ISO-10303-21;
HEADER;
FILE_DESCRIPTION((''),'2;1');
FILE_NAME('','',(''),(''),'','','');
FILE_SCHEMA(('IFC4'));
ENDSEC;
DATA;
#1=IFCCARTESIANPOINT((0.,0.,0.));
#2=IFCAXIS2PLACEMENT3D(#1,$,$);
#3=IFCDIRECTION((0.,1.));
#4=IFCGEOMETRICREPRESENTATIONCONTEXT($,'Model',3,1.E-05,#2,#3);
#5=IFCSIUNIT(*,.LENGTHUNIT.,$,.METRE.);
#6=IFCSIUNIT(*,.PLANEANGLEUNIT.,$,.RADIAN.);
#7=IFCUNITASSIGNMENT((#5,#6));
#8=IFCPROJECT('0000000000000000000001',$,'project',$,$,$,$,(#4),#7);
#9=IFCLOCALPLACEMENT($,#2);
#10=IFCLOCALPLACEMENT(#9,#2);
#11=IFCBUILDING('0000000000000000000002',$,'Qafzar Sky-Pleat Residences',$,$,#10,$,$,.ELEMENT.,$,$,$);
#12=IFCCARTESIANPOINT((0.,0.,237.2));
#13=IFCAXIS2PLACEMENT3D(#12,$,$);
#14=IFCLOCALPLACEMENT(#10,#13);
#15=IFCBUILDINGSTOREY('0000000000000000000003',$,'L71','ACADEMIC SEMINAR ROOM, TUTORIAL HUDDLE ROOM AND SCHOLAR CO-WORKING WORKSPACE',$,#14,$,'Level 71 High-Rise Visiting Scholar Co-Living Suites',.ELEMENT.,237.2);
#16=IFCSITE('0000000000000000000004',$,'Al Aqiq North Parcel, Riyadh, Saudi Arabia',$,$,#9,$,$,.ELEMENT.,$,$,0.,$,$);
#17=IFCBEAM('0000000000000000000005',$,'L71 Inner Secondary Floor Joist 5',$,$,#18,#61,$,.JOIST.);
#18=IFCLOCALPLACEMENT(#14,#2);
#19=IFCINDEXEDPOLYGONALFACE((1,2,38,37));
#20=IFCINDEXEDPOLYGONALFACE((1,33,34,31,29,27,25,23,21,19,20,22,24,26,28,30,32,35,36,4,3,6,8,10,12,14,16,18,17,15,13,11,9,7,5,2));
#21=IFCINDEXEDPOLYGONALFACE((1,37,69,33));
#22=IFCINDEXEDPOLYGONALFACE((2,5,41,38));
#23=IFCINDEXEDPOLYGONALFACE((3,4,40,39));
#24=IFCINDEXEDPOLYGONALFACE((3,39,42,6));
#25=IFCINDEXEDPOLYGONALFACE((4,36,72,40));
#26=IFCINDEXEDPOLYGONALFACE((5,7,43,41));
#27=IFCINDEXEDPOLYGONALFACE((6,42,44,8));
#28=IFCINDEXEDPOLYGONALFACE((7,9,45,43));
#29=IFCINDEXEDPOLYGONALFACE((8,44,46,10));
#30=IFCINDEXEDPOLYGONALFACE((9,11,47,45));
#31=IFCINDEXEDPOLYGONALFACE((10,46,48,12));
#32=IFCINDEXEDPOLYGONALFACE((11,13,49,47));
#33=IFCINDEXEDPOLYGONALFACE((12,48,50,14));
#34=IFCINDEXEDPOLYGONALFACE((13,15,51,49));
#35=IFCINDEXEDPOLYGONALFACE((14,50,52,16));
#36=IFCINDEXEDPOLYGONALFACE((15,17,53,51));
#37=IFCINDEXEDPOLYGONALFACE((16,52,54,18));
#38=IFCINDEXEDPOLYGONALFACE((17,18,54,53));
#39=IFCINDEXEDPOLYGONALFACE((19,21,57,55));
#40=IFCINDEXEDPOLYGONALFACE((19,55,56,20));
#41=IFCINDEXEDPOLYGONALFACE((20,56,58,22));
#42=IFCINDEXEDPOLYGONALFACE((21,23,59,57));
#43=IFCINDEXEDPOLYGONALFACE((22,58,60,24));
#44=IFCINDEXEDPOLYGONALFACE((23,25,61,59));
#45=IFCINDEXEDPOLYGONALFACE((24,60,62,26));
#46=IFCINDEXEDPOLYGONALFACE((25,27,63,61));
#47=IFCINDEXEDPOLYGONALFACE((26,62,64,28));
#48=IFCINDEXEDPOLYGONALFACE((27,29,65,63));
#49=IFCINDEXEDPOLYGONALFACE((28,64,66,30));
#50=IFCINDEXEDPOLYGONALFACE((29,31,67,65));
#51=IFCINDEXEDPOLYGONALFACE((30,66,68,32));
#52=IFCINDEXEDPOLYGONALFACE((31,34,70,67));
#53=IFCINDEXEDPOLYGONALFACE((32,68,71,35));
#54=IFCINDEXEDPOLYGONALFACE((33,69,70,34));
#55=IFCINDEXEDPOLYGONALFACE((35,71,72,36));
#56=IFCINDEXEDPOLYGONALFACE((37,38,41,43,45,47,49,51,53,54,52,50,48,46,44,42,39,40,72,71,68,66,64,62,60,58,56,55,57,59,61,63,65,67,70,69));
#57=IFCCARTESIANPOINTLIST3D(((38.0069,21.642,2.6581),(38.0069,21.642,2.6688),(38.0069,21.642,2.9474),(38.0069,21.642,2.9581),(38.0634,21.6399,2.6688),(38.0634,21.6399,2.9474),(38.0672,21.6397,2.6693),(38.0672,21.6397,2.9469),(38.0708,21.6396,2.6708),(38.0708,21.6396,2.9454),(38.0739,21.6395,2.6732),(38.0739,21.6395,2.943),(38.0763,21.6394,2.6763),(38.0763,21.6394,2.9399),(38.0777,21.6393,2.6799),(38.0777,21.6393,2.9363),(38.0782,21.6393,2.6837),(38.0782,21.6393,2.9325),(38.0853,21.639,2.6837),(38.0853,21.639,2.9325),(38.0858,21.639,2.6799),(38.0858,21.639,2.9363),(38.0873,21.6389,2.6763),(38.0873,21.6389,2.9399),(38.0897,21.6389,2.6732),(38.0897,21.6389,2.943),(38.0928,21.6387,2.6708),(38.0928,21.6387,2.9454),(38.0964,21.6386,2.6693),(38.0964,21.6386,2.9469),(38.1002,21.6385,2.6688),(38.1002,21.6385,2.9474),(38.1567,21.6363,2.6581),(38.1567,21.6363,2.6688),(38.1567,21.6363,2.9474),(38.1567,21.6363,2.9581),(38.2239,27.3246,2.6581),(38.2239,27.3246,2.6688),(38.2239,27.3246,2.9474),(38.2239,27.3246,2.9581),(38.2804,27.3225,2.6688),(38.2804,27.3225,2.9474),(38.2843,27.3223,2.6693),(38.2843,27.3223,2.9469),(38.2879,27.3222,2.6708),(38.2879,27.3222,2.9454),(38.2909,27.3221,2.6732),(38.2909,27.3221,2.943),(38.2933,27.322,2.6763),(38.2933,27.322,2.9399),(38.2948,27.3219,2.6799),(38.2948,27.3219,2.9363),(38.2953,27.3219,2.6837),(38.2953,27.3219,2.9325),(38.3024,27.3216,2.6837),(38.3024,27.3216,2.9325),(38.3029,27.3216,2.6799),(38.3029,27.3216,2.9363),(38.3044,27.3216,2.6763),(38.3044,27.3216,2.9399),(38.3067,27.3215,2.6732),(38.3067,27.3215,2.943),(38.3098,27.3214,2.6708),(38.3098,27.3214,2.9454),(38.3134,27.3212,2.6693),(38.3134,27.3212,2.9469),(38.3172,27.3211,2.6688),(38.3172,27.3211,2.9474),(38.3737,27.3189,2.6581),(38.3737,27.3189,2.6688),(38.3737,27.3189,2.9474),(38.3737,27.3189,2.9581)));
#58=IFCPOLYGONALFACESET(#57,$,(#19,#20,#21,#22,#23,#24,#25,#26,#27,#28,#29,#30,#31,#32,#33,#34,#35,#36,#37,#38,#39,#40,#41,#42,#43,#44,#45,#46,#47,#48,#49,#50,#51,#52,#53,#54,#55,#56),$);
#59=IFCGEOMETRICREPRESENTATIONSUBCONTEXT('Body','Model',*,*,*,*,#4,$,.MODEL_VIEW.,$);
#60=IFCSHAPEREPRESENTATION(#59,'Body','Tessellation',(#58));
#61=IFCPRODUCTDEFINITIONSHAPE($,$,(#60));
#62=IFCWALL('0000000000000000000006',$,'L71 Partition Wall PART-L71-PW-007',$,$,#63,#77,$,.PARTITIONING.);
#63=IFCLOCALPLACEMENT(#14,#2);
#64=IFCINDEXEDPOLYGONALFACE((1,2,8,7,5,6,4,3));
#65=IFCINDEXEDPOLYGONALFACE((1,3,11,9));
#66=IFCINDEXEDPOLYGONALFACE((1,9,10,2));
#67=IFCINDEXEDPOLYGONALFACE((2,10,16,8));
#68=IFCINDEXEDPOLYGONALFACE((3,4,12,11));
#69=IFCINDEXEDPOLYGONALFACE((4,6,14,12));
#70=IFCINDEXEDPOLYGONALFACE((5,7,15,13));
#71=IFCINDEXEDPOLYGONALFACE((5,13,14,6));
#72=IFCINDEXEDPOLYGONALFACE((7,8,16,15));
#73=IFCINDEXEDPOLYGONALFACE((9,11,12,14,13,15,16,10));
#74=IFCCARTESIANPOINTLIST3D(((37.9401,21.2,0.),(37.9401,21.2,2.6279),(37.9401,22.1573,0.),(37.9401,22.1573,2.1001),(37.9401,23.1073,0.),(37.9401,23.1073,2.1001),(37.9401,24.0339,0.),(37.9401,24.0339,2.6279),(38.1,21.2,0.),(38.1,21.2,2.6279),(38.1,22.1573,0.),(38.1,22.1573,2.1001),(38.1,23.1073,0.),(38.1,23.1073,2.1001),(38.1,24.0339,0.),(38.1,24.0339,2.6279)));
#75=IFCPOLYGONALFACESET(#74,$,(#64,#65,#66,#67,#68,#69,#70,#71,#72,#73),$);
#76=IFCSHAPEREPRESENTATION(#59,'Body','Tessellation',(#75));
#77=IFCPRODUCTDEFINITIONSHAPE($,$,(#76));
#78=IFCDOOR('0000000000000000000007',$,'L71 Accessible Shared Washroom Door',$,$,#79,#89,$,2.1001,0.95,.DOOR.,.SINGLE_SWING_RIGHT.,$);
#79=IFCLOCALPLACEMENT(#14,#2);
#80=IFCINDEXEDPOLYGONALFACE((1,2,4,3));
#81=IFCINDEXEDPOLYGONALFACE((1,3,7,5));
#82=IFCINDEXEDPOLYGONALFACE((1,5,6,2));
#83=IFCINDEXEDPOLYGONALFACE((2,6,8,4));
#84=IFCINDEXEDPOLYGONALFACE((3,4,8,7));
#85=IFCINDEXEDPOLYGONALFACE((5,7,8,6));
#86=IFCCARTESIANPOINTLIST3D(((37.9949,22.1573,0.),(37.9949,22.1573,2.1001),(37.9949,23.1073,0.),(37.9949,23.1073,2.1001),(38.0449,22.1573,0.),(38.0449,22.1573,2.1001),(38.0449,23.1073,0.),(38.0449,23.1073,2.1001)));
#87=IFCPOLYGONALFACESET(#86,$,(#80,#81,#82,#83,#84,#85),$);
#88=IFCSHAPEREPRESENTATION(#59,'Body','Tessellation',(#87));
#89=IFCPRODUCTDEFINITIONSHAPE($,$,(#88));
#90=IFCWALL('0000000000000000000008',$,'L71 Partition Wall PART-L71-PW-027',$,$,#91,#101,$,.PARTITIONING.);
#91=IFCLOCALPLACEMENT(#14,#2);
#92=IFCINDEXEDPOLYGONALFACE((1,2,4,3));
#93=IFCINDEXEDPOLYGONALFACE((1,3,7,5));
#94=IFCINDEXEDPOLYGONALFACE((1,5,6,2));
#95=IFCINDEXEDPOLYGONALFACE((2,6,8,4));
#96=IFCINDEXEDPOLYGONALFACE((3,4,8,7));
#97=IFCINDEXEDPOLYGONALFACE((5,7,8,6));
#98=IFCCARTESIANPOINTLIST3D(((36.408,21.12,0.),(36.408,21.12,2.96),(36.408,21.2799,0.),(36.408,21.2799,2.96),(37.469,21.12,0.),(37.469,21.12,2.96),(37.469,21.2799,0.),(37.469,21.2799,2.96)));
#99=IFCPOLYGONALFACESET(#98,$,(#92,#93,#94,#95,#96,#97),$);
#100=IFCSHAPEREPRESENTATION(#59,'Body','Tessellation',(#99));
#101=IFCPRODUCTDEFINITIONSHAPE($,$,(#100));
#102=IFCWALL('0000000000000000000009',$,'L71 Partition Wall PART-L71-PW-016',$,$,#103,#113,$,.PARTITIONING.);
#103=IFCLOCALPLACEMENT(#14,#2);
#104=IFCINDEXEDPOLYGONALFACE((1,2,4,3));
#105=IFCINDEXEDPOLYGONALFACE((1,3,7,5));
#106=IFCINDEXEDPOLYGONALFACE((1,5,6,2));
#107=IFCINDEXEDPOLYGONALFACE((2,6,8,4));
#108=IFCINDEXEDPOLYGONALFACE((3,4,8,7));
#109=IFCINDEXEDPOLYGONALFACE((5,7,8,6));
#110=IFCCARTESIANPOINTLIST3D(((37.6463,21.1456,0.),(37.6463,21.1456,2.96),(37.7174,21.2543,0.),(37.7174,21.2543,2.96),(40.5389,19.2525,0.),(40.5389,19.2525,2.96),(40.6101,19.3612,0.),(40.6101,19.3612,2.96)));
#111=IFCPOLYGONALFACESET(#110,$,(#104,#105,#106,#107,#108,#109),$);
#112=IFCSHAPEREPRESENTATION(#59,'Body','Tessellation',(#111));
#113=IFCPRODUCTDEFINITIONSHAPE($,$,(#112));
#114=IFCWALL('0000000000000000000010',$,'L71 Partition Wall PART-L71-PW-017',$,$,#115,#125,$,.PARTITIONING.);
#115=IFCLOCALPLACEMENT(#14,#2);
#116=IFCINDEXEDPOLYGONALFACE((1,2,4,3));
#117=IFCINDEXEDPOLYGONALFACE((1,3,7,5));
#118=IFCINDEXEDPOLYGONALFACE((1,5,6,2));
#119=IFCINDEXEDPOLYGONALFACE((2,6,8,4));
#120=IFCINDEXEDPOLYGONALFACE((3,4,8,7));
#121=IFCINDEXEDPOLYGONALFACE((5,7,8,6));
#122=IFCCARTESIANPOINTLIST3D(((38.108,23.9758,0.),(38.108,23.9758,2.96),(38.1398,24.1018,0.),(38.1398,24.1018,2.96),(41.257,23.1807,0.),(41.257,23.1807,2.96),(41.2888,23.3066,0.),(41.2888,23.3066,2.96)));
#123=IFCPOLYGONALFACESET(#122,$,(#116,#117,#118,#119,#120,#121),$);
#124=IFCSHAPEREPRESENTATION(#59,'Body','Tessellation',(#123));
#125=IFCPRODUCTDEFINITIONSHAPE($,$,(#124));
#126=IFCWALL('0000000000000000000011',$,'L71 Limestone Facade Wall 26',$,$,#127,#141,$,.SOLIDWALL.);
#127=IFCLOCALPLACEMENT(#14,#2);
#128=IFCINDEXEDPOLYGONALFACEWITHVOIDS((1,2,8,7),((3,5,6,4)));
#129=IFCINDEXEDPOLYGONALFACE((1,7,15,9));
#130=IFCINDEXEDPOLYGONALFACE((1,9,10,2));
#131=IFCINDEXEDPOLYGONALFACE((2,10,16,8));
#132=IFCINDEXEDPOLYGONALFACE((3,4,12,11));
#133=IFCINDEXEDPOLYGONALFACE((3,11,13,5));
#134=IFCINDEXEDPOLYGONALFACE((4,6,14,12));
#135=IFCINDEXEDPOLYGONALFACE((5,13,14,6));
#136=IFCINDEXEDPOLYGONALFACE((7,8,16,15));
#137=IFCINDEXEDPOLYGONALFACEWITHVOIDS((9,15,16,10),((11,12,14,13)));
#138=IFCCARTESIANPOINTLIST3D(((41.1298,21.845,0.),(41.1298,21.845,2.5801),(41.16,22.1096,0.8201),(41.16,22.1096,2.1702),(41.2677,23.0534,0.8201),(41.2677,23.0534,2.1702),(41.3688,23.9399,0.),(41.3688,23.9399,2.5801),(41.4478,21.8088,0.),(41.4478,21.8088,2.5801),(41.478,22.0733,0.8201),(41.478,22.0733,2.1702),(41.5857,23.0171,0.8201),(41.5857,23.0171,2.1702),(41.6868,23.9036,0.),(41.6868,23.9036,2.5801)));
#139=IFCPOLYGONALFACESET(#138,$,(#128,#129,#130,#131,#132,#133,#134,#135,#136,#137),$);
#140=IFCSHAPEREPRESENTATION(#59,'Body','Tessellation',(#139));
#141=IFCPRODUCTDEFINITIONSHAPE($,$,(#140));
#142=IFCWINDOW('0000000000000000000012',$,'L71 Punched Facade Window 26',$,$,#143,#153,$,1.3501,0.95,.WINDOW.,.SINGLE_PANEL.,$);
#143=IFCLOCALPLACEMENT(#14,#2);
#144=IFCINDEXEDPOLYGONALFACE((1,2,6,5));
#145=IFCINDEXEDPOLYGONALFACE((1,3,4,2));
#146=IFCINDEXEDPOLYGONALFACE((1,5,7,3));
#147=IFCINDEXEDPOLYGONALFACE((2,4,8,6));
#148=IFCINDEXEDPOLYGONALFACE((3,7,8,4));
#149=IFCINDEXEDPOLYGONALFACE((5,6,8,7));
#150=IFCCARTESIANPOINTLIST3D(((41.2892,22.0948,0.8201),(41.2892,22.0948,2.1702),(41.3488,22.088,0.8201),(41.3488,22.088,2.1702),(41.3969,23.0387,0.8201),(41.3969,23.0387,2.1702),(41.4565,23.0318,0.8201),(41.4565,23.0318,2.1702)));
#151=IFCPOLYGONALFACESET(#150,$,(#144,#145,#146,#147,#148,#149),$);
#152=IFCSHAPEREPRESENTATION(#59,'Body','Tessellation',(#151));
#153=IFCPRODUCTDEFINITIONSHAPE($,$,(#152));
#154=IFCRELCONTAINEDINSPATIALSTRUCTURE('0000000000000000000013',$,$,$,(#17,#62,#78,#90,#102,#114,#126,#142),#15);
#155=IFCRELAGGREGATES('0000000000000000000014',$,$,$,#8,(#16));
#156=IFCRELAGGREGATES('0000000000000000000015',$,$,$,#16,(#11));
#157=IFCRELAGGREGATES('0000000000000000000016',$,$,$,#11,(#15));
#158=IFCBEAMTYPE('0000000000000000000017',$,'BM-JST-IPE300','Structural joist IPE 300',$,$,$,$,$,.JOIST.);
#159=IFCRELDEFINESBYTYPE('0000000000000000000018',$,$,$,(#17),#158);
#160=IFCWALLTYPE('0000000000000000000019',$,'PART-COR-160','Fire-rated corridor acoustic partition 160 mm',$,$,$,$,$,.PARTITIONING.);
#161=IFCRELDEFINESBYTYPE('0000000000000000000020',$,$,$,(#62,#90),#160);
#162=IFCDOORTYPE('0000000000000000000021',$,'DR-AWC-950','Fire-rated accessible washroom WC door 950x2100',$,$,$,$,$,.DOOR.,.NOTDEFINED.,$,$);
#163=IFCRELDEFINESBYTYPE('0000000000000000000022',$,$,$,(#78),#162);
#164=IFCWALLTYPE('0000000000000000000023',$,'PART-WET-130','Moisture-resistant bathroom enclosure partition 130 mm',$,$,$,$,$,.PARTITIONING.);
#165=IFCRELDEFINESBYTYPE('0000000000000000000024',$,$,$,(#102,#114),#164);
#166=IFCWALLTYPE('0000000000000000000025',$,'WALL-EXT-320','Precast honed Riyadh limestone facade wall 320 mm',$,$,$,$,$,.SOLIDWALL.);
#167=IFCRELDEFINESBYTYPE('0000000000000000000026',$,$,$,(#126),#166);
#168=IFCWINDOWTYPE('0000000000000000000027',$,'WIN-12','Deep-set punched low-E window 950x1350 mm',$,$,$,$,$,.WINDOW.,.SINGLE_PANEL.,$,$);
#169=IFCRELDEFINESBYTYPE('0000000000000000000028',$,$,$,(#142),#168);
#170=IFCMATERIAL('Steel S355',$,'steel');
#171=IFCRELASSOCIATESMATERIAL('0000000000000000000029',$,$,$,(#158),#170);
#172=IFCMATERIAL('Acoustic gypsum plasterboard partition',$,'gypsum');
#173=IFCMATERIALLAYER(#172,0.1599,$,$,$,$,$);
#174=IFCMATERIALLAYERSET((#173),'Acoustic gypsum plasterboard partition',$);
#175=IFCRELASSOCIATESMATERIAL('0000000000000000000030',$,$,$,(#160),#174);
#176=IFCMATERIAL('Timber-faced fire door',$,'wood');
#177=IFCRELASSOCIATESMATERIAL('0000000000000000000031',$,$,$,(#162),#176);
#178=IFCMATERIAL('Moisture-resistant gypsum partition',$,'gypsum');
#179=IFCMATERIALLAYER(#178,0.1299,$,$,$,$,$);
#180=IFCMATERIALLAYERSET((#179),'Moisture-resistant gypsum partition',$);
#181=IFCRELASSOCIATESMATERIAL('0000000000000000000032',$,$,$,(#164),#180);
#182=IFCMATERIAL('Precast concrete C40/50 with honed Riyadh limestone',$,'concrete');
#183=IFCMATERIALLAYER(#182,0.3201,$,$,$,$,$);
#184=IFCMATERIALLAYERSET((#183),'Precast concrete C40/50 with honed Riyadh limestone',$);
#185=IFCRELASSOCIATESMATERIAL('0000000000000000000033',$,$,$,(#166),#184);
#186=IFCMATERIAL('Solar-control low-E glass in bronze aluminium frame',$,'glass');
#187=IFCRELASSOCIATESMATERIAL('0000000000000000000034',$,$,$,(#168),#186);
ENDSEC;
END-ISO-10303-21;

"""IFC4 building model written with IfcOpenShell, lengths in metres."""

from ifc_helpers import new_model, si_unit, direction, frame, frame_2d, origin, origin_2d, place, context, subcontext, project, spatial, rectangle, i_section, extrude, source, transform, mapped, material, layer, layer_set, material_profile, profile_set, type_object, element, fill, save


model = new_model("IFC4")

# Units and contexts
model_context = context("Model", 3, precision=1e-05, world=origin(), true_north=direction((0.0, 1.0)))
body_context = subcontext(model_context, "Body", "Model", "MODEL_VIEW")
ifc_project = project(units=[si_unit("LENGTHUNIT", "METRE"), si_unit("PLANEANGLEUNIT", "RADIAN")], contexts=[model_context])

# Site, building, storey
site_placement = place(None, origin())
site = spatial("IfcSite", under=ifc_project, at=site_placement, Name="Al Aqiq North Parcel, Riyadh, Saudi Arabia", CompositionType="ELEMENT", RefElevation=0.0)
building_placement = place(site_placement, origin())
building = spatial("IfcBuilding", under=site, at=building_placement, Name="Qafzar Sky-Pleat Residences", CompositionType="ELEMENT")
storey_placement = place(building_placement, frame((0.0, 0.0, 237.2)))
storey = spatial("IfcBuildingStorey", under=building, at=storey_placement, Name="L71", Description="ACADEMIC SEMINAR ROOM, TUTORIAL HUDDLE ROOM AND SCHOLAR CO-WORKING WORKSPACE", LongName="Level 71 High-Rise Visiting Scholar Co-Living Suites", CompositionType="ELEMENT", Elevation=237.2)

# Shared definitions
ifc_material_1 = material(Name="Steel S355", Category="steel")

# Beam
ifc_material_profile_1 = material_profile(ifc_material_1, i_section(OverallWidth=0.1499, OverallDepth=0.3, WebThickness=0.0071, FlangeThickness=0.0107, FilletRadius=0.0149, at=origin_2d()), Name="IPE 300")
ifc_profile_set_1 = profile_set([ifc_material_profile_1], Name="Steel S355")
beam_type_1 = type_object("IfcBeamType", Name="BM-JST-IPE300", Description="Structural joist IPE 300", PredefinedType="JOIST", material=ifc_profile_set_1)
shared_shape_1 = source(origin(), body_context, "Body", "SweptSolid", [
    extrude(i_section(OverallWidth=0.1499, OverallDepth=0.3, WebThickness=0.0071, FlangeThickness=0.0107, FilletRadius=0.0149, at=origin_2d()), origin(), (0.0, 0.0, 1.0), 5.6868),
])
beam_1_placement = place(storey_placement, frame((38.0818, 21.6392, 2.8081), z_axis=(0.038166, 0.999271, 0.0), x_axis=(-0.999271, 0.038166, 0.0)))
element("IfcBeam", 1, at=beam_1_placement, inside=storey, type_object=beam_type_1, Name="L71 Inner Secondary Floor Joist 5", PredefinedType="JOIST", context=body_context, shape_type="MappedRepresentation", body=[
    mapped(shared_shape_1, transform((0.0, 0.0, 0.0), x_axis=(1.0, 0.0, 0.0), y_axis=(0.0, 1.0, 0.0), z_axis=(0.0, 0.0, 1.0), scale=1.0)),
])

# Wall, opening, door
ifc_material_2 = material(Name="Acoustic gypsum plasterboard partition", Category="gypsum")
ifc_layer_1 = layer(ifc_material_2, 0.1599)
ifc_layer_set_1 = layer_set([ifc_layer_1], Name="Acoustic gypsum plasterboard partition")
wall_type_1 = type_object("IfcWallType", Name="PART-COR-160", Description="Fire-rated corridor acoustic partition 160 mm", PredefinedType="PARTITIONING", material=ifc_layer_set_1)
wall_1_placement = place(storey_placement, frame((38.02, 24.0339, 0.0), z_axis=(0.0, 0.0, 1.0), x_axis=(0.0, -1.0, 0.0)))
wall_1 = element("IfcWall", 2, at=wall_1_placement, inside=storey, type_object=wall_type_1, Name="L71 Partition Wall PART-L71-PW-007", PredefinedType="PARTITIONING", context=body_context, shape_type="SweptSolid", body=[
    extrude(rectangle(XDim=2.834, YDim=0.1599, at=frame_2d((1.417, 0.0))), origin(), (0.0, 0.0, 1.0), 2.6279),
])
opening_1_placement = place(wall_1_placement, frame((0.9265, 0.0, 0.0)))
opening_1 = element("IfcOpeningElement", 3, at=opening_1_placement, cuts=wall_1, PredefinedType="OPENING", context=body_context, shape_type="SweptSolid", body=[
    extrude(rectangle(XDim=0.95, YDim=2.1001, at=frame_2d((0.4751, 1.05))), frame((0.0, 0.0898, 0.0), z_axis=(0.0, -1.0, 0.0), x_axis=(1.0, 0.0, 0.0)), (0.0, 0.0, 1.0), 0.1799),
])
ifc_material_3 = material(Name="Timber-faced fire door", Category="wood")
door_type = type_object("IfcDoorType", Name="DR-AWC-950", Description="Fire-rated accessible washroom WC door 950x2100", OperationType="NOTDEFINED", PredefinedType="DOOR", material=ifc_material_3)
shared_shape_2 = source(origin(), body_context, "Body", "SweptSolid", [
    extrude(rectangle(XDim=0.95, YDim=2.1001, at=frame_2d((0.4751, 1.05))), frame((0.0, 0.0249, 0.0), z_axis=(0.0, -1.0, 0.0), x_axis=(1.0, 0.0, 0.0)), (0.0, 0.0, 1.0), 0.05),
])
door_placement = place(opening_1_placement, origin())
door = element("IfcDoor", 4, at=door_placement, inside=storey, type_object=door_type, Name="L71 Accessible Shared Washroom Door", OperationType="SINGLE_SWING_RIGHT", OverallHeight=2.1001, OverallWidth=0.95, PredefinedType="DOOR", context=body_context, shape_type="MappedRepresentation", body=[
    mapped(shared_shape_2, transform((0.0, 0.0, 0.0), x_axis=(1.0, 0.0, 0.0), y_axis=(0.0, 1.0, 0.0), z_axis=(0.0, 0.0, 1.0), scale=1.0)),
])
fill(opening_1, door)

# Walls
wall_2_placement = place(storey_placement, frame((36.408, 21.2, 0.0), z_axis=(0.0, 0.0, 1.0), x_axis=(1.0, 0.0, 0.0)))
element("IfcWall", 5, at=wall_2_placement, inside=storey, type_object=wall_type_1, Name="L71 Partition Wall PART-L71-PW-027", PredefinedType="PARTITIONING", context=body_context, shape_type="SweptSolid", body=[
    extrude(rectangle(XDim=1.061, YDim=0.1599, at=frame_2d((0.5305, 0.0))), origin(), (0.0, 0.0, 1.0), 2.96),
])
ifc_material_4 = material(Name="Moisture-resistant gypsum partition", Category="gypsum")
ifc_layer_2 = layer(ifc_material_4, 0.1299)
ifc_layer_set_2 = layer_set([ifc_layer_2], Name="Moisture-resistant gypsum partition")
wall_type_2 = type_object("IfcWallType", Name="PART-WET-130", Description="Moisture-resistant bathroom enclosure partition 130 mm", PredefinedType="PARTITIONING", material=ifc_layer_set_2)
wall_3_placement = place(storey_placement, frame((37.6819, 21.2, 0.0), z_axis=(0.0, 0.0, 1.0), x_axis=(0.836736, -0.547607, 0.0)))
element("IfcWall", 6, at=wall_3_placement, inside=storey, type_object=wall_type_2, Name="L71 Partition Wall PART-L71-PW-016", PredefinedType="PARTITIONING", context=body_context, shape_type="SweptSolid", body=[
    extrude(rectangle(XDim=3.457, YDim=0.1299, at=frame_2d((1.7285, 0.0))), origin(), (0.0, 0.0, 1.0), 2.96),
])
wall_4_placement = place(storey_placement, frame((38.1238, 24.0388, 0.0), z_axis=(0.0, 0.0, 1.0), x_axis=(0.969565, -0.244834, 0.0)))
element("IfcWall", 7, at=wall_4_placement, inside=storey, type_object=wall_type_2, Name="L71 Partition Wall PART-L71-PW-017", PredefinedType="PARTITIONING", context=body_context, shape_type="SweptSolid", body=[
    extrude(rectangle(XDim=3.2478, YDim=0.1299, at=frame_2d((1.624, 0.0))), origin(), (0.0, 0.0, 1.0), 2.96),
])

# Wall, opening, window
ifc_material_5 = material(Name="Precast concrete C40/50 with honed Riyadh limestone", Category="concrete")
ifc_layer_3 = layer(ifc_material_5, 0.3201)
ifc_layer_set_3 = layer_set([ifc_layer_3], Name="Precast concrete C40/50 with honed Riyadh limestone")
wall_type_3 = type_object("IfcWallType", Name="WALL-EXT-320", Description="Precast honed Riyadh limestone facade wall 320 mm", PredefinedType="SOLIDWALL", material=ifc_layer_set_3)
wall_5_placement = place(storey_placement, frame((41.2888, 21.8269, 0.0), z_axis=(0.0, 0.0, 1.0), x_axis=(0.113367, 0.993553, 0.0)))
wall_5 = element("IfcWall", 8, at=wall_5_placement, inside=storey, type_object=wall_type_3, Name="L71 Limestone Facade Wall 26", PredefinedType="SOLIDWALL", context=body_context, shape_type="SweptSolid", body=[
    extrude(rectangle(XDim=2.1084, YDim=0.3201, at=frame_2d((1.0542, 0.0))), origin(), (0.0, 0.0, 1.0), 2.5801),
])
opening_2_placement = place(wall_5_placement, frame((0.2661, 0.0, 0.8201)))
opening_2 = element("IfcOpeningElement", 9, at=opening_2_placement, cuts=wall_5, PredefinedType="OPENING", context=body_context, shape_type="SweptSolid", body=[
    extrude(rectangle(XDim=0.95, YDim=1.3501, at=frame_2d((0.4751, 0.675))), frame((0.0, 0.1699, 0.0), z_axis=(0.0, -1.0, 0.0), x_axis=(1.0, 0.0, 0.0)), (0.0, 0.0, 1.0), 0.3401),
])
ifc_material_6 = material(Name="Solar-control low-E glass in bronze aluminium frame", Category="glass")
window_type_1 = type_object("IfcWindowType", Name="WIN-12", Description="Deep-set punched low-E window 950x1350 mm", PartitioningType="SINGLE_PANEL", PredefinedType="WINDOW", material=ifc_material_6)
shared_shape_3 = source(origin(), body_context, "Body", "SweptSolid", [
    extrude(rectangle(XDim=0.95, YDim=1.3501, at=frame_2d((0.4751, 0.675))), frame((0.0, 0.03, 0.0), z_axis=(0.0, -1.0, 0.0), x_axis=(1.0, 0.0, 0.0)), (0.0, 0.0, 1.0), 0.0601),
])
window_1_placement = place(opening_2_placement, origin())
window_1 = element("IfcWindow", 10, at=window_1_placement, inside=storey, type_object=window_type_1, Name="L71 Punched Facade Window 26", OverallHeight=1.3501, OverallWidth=0.95, PartitioningType="SINGLE_PANEL", PredefinedType="WINDOW", context=body_context, shape_type="MappedRepresentation", body=[
    mapped(shared_shape_3, transform((0.0, 0.0, 0.0), x_axis=(1.0, 0.0, 0.0), y_axis=(0.0, 1.0, 0.0), z_axis=(0.0, 0.0, 1.0), scale=1.0)),
])
fill(opening_2, window_1)

save(model, "model.ifc")
